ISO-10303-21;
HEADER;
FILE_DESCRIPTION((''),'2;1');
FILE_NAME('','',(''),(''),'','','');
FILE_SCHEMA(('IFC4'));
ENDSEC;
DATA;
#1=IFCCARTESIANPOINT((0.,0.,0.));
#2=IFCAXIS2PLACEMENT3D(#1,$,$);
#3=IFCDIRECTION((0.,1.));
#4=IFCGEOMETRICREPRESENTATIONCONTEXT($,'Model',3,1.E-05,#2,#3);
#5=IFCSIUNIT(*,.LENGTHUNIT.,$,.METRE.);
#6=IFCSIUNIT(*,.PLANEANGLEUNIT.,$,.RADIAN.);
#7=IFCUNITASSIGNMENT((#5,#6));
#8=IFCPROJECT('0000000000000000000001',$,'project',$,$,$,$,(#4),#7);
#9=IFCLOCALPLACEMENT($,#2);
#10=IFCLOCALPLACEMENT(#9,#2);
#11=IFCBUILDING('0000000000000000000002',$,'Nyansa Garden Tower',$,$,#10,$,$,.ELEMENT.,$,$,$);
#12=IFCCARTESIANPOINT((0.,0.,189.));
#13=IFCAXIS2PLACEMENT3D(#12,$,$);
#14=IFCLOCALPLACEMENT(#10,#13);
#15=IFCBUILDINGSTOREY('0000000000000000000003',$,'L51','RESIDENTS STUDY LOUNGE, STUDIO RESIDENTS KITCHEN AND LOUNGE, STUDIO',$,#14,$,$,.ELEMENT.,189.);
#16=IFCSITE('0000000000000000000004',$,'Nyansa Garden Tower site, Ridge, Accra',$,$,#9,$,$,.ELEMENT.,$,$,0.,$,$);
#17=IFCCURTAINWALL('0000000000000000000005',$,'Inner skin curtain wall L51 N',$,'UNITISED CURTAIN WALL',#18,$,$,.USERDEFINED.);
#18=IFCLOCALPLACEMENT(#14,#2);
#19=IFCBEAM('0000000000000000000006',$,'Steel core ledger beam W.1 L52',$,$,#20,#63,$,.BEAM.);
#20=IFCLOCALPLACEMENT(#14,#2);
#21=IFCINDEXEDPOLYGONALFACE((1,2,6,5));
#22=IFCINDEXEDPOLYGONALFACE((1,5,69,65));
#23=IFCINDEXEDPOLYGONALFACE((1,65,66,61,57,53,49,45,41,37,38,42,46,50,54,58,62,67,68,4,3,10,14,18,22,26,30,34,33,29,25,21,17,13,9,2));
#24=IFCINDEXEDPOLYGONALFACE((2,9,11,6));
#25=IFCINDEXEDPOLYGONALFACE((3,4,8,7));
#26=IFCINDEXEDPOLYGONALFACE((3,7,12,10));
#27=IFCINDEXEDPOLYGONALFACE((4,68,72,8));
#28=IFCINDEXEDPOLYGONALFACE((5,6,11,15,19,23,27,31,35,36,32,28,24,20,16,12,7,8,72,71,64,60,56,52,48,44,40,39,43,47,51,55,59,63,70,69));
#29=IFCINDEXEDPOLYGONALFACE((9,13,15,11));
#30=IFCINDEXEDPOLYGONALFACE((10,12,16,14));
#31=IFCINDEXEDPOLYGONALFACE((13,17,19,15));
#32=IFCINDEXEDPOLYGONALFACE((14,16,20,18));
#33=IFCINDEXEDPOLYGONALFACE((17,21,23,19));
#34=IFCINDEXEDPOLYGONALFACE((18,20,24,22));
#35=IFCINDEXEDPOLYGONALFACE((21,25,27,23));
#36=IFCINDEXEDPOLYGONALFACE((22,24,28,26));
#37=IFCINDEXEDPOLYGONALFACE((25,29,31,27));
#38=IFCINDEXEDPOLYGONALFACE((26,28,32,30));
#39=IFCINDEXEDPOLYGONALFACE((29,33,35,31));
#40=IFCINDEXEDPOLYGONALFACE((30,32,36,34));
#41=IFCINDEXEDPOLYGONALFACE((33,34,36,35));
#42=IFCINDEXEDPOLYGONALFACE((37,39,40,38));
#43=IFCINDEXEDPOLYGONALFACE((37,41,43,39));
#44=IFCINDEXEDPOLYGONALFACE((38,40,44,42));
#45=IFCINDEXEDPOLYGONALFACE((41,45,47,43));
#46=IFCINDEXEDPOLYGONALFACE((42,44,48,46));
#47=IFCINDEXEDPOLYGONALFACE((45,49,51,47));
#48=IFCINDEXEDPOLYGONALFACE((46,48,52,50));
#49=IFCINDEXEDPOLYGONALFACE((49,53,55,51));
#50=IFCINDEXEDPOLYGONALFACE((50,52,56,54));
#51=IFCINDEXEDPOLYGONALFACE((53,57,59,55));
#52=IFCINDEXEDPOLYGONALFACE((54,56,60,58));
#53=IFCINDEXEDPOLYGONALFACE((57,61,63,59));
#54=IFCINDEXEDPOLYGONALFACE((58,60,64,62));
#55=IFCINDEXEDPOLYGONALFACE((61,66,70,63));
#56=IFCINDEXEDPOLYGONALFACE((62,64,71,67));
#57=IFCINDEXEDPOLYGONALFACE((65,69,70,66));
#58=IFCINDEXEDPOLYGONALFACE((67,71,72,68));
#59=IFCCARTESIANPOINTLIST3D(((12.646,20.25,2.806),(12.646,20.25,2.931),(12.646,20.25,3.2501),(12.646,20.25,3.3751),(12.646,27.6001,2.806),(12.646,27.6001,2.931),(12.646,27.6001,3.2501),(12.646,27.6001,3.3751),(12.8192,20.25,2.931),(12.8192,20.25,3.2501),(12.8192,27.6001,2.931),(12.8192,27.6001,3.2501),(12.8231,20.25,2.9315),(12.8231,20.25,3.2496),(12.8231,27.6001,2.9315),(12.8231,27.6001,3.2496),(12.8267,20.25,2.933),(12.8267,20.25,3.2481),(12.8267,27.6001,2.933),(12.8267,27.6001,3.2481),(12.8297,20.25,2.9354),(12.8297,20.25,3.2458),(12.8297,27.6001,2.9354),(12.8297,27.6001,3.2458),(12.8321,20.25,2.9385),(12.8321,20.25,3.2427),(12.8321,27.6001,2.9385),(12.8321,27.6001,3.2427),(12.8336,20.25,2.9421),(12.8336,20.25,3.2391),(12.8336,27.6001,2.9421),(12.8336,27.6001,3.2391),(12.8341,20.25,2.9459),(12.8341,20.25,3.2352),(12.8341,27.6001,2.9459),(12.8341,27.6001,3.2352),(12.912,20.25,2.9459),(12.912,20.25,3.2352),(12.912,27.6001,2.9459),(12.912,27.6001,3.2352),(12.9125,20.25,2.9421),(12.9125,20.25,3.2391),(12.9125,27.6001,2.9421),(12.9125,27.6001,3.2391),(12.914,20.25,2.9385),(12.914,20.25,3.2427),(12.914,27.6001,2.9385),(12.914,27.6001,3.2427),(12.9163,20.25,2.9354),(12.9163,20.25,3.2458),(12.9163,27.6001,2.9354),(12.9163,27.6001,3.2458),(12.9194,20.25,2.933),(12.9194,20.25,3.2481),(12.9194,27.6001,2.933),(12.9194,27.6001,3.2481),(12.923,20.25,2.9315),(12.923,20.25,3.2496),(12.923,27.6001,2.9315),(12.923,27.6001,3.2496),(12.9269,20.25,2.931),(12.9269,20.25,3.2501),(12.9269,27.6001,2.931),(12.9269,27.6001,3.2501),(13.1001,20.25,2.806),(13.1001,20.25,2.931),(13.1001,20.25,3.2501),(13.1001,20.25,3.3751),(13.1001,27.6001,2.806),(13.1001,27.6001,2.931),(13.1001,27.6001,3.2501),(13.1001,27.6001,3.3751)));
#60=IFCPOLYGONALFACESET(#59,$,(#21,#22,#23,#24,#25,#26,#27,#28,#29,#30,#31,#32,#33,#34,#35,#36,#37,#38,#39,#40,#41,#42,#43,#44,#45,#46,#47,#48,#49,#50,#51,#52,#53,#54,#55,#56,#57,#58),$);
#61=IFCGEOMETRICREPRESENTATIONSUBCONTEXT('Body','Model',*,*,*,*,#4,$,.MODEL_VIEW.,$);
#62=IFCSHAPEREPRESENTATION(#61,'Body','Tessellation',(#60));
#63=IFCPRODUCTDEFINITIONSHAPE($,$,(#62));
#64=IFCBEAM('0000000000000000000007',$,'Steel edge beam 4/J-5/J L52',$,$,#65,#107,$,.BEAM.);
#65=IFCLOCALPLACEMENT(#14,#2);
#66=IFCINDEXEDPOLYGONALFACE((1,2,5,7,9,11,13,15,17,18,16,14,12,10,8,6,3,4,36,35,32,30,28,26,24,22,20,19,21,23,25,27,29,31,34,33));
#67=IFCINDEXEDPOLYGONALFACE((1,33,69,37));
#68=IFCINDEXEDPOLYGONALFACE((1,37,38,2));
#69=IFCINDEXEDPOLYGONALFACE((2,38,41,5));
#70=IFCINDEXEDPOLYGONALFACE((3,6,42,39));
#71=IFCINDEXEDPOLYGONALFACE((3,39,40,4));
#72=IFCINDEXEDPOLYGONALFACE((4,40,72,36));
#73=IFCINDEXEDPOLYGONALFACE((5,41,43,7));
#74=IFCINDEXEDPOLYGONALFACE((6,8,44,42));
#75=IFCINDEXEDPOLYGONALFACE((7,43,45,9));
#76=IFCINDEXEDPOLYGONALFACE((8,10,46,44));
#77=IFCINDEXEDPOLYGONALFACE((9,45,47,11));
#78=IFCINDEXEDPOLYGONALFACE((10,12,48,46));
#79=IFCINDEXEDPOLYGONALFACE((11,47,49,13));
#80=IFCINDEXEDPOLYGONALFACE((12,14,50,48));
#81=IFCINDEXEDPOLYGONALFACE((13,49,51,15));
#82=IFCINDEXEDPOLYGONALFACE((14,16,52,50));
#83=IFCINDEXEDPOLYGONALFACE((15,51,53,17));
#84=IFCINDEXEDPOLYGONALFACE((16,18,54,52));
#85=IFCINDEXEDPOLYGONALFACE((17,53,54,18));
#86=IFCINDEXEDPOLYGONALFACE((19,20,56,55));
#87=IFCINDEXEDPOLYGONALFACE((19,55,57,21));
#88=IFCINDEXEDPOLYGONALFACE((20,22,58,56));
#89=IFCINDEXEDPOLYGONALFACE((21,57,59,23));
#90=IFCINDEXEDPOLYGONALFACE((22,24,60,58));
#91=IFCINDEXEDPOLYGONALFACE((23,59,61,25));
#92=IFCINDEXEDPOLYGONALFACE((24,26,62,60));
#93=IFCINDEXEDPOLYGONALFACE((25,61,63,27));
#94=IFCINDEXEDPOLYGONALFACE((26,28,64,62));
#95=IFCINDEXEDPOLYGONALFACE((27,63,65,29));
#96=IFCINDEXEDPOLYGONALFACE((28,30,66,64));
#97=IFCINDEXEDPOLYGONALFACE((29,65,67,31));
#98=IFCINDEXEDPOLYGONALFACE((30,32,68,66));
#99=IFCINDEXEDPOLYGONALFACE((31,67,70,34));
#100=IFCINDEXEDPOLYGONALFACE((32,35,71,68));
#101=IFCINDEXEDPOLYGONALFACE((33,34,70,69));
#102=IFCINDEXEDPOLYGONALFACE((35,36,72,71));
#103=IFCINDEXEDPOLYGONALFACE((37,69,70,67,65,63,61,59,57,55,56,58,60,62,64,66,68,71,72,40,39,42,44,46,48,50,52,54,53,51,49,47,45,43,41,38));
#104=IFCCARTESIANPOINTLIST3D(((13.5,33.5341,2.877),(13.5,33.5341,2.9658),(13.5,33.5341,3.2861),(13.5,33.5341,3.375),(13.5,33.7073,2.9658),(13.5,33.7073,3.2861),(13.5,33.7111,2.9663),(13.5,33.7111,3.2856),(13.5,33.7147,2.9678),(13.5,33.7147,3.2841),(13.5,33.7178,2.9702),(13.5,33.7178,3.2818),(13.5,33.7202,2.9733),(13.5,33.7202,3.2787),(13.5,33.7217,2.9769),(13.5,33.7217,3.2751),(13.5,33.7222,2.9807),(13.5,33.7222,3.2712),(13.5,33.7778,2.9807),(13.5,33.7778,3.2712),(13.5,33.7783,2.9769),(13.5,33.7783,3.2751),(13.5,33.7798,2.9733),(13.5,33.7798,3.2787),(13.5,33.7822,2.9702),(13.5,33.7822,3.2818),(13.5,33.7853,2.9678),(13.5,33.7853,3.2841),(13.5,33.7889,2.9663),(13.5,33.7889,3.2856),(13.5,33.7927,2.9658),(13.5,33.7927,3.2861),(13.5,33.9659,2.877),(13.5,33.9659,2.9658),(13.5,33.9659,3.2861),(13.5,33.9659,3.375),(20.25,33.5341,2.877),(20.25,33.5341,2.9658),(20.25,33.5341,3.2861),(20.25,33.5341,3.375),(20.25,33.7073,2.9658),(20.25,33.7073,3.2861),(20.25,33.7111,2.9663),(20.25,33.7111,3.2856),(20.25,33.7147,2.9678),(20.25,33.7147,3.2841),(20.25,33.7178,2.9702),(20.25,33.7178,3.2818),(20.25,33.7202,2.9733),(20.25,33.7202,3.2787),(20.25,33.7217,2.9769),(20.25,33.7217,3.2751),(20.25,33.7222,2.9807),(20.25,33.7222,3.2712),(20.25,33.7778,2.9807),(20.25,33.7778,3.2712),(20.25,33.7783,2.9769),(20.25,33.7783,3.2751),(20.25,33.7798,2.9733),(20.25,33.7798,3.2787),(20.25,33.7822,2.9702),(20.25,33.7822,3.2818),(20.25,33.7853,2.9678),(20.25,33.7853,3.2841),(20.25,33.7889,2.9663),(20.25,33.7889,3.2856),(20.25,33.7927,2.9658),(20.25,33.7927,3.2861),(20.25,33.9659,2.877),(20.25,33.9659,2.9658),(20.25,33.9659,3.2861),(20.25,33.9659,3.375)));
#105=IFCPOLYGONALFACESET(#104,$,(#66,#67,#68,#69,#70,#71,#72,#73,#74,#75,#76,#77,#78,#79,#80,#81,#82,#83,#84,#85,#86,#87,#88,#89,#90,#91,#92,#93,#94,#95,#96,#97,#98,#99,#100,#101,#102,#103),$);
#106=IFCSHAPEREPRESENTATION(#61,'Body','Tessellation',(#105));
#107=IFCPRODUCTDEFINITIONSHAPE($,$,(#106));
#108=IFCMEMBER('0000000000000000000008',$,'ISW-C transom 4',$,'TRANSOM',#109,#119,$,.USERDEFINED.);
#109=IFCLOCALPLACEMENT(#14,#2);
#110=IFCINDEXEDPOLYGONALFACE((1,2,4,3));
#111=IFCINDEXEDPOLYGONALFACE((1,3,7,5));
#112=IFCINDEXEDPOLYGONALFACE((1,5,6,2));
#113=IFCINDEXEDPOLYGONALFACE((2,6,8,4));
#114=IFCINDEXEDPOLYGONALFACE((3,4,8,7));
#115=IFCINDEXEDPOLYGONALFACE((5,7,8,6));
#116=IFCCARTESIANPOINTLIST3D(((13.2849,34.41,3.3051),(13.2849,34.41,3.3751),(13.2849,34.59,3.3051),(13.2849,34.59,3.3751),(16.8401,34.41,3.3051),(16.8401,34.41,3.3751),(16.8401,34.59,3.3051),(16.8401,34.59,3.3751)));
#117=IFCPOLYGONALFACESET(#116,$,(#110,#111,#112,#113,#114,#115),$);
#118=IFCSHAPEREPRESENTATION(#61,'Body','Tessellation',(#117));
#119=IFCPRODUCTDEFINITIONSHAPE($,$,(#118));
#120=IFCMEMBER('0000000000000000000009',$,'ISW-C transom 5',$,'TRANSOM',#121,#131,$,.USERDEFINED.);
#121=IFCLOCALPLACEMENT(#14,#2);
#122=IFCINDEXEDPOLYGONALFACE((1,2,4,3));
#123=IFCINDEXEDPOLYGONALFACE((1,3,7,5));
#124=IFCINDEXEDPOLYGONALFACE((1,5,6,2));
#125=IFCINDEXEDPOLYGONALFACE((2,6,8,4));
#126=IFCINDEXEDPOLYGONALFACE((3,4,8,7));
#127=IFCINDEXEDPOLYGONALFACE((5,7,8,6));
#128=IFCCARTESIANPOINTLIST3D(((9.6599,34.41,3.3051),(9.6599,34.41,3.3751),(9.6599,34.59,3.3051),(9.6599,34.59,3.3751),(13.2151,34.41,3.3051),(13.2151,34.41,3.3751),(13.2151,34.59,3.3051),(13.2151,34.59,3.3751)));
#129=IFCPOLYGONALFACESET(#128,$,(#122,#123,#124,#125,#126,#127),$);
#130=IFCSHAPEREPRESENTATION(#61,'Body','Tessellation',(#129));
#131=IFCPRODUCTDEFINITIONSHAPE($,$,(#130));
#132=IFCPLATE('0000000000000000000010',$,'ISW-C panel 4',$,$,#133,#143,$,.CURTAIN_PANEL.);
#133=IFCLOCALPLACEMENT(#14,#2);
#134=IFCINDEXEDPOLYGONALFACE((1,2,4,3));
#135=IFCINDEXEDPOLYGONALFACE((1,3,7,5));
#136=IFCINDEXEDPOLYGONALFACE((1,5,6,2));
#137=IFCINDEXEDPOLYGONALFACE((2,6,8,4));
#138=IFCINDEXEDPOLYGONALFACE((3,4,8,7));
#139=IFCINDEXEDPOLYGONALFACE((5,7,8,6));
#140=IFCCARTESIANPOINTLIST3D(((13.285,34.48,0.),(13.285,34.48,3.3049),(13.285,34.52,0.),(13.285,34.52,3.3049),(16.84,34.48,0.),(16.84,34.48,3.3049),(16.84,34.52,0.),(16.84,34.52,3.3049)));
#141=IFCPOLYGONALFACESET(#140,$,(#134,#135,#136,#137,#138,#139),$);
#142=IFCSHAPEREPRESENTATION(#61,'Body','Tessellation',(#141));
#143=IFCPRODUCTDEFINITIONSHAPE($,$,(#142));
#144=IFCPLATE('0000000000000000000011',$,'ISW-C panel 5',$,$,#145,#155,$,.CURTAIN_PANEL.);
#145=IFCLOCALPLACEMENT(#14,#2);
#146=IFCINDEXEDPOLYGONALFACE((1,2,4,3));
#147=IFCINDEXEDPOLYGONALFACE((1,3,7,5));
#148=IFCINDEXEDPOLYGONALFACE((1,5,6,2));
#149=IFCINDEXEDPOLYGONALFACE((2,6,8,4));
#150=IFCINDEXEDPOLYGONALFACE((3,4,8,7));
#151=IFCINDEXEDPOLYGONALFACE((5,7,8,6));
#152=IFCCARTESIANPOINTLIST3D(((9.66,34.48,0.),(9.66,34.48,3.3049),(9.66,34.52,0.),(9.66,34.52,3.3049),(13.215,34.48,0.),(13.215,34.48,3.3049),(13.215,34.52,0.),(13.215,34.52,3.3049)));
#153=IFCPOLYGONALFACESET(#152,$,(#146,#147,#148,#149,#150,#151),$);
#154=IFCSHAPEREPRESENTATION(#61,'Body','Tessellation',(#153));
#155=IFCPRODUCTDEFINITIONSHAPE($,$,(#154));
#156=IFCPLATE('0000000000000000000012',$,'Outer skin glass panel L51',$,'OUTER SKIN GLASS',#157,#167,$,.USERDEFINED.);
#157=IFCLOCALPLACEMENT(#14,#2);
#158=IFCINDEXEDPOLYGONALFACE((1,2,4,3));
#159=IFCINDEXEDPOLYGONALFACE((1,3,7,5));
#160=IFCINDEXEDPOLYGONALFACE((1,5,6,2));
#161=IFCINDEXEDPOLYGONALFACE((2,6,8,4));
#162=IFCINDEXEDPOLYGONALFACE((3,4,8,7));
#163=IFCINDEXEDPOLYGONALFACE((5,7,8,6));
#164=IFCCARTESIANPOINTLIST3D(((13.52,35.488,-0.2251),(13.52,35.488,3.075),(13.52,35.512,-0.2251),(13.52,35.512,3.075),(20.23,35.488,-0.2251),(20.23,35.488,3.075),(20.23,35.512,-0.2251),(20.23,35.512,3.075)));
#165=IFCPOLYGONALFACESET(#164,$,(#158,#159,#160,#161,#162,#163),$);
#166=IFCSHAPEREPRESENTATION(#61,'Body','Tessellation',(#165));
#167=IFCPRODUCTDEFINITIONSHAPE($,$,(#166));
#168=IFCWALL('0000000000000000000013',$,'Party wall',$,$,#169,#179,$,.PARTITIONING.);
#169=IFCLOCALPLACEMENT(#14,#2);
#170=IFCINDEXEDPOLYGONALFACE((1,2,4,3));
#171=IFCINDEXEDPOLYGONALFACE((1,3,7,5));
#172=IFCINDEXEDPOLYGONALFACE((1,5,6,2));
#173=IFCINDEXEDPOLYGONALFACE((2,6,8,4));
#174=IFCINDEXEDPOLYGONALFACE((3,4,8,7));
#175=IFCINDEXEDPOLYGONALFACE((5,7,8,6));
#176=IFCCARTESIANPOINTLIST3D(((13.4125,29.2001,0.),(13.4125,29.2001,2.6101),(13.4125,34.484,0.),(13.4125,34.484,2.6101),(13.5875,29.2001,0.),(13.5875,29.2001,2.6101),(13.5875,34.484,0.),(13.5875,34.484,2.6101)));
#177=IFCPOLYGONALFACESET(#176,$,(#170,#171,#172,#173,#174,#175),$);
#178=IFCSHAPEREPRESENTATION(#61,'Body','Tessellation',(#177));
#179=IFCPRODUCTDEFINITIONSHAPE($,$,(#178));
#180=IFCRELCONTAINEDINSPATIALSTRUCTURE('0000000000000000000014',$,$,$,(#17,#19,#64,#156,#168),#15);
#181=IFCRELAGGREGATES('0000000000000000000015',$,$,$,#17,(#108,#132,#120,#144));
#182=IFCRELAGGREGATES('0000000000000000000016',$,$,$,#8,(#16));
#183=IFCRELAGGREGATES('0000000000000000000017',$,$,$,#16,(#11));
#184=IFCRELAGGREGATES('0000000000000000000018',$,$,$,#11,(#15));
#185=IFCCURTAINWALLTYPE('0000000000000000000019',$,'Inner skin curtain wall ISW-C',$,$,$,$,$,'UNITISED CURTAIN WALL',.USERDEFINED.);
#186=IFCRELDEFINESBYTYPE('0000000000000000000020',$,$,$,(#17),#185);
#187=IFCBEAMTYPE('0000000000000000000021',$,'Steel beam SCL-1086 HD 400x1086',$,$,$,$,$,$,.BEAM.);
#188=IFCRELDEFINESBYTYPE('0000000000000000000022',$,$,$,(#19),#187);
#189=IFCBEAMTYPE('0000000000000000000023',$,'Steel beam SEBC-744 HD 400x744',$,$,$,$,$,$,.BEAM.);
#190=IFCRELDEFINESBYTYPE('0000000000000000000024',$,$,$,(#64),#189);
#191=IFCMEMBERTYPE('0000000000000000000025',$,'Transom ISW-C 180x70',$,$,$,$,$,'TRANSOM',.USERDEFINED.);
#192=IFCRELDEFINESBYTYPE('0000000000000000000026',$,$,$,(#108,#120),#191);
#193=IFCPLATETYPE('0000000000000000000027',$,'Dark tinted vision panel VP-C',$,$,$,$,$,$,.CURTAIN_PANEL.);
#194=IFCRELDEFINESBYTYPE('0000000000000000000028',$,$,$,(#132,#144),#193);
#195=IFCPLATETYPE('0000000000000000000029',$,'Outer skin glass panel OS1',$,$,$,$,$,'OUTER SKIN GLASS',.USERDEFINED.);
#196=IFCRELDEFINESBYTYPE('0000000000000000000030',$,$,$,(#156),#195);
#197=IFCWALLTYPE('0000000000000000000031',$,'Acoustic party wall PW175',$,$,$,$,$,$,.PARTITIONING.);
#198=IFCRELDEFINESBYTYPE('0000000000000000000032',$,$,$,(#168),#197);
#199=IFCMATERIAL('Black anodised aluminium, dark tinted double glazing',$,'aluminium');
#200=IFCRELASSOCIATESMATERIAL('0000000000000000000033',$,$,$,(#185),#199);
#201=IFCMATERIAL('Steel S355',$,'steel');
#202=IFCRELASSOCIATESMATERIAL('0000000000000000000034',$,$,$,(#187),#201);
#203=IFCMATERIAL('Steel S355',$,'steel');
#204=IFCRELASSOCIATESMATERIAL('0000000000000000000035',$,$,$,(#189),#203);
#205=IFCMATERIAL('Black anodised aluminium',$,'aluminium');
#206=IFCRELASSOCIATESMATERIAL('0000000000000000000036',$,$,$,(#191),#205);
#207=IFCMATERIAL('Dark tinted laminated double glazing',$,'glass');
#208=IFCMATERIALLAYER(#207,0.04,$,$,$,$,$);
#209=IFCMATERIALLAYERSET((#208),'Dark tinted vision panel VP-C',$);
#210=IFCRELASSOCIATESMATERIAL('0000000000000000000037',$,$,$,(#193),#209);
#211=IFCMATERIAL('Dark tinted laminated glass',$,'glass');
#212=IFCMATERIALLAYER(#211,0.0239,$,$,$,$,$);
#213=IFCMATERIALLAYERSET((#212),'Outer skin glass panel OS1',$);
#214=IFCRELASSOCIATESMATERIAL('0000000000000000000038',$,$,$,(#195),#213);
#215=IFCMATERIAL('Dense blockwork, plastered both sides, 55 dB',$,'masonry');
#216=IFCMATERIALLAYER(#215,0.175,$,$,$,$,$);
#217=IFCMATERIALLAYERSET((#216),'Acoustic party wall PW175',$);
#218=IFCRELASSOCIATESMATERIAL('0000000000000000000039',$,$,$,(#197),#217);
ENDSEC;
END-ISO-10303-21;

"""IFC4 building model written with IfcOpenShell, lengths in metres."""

from ifc_helpers import new_model, si_unit, direction, frame, frame_2d, origin, origin_2d, place, context, subcontext, project, spatial, rectangle, i_section, extrude, material, layer, layer_set, material_profile, profile_set, type_object, element, aggregate, save


model = new_model("IFC4")

# Units and contexts
model_context = context("Model", 3, precision=1e-05, world=origin(), true_north=direction((0.0, 1.0)))
body_context = subcontext(model_context, "Body", "Model", "MODEL_VIEW")
ifc_project = project(units=[si_unit("LENGTHUNIT", "METRE"), si_unit("PLANEANGLEUNIT", "RADIAN")], contexts=[model_context])

# Site, building, storey
site_placement = place(None, origin())
site = spatial("IfcSite", under=ifc_project, at=site_placement, Name="Nyansa Garden Tower site, Ridge, Accra", CompositionType="ELEMENT", RefElevation=0.0)
building_placement = place(site_placement, origin())
building = spatial("IfcBuilding", under=site, at=building_placement, Name="Nyansa Garden Tower", CompositionType="ELEMENT")
storey_placement = place(building_placement, frame((0.0, 0.0, 189.0)))
storey = spatial("IfcBuildingStorey", under=building, at=storey_placement, Name="L51", Description="RESIDENTS STUDY LOUNGE, STUDIO RESIDENTS KITCHEN AND LOUNGE, STUDIO", CompositionType="ELEMENT", Elevation=189.0)

# Curtain wall
ifc_material_1 = material(Name="Black anodised aluminium, dark tinted double glazing", Category="aluminium")
curtain_wall_type = type_object("IfcCurtainWallType", Name="Inner skin curtain wall ISW-C", ElementType="UNITISED CURTAIN WALL", PredefinedType="USERDEFINED", material=ifc_material_1)
curtain_wall_placement = place(storey_placement, origin())
curtain_wall = element("IfcCurtainWall", 1, at=curtain_wall_placement, inside=storey, type_object=curtain_wall_type, Name="Inner skin curtain wall L51 N", ObjectType="UNITISED CURTAIN WALL", PredefinedType="USERDEFINED")

# Beams
ifc_material_2 = material(Name="Steel S355", Category="steel")
ifc_material_profile_1 = material_profile(ifc_material_2, i_section(OverallWidth=0.4541, OverallDepth=0.5691, WebThickness=0.0779, FlangeThickness=0.125, FilletRadius=0.0149, at=origin_2d()), Name="HD 400x1086")
ifc_profile_set_1 = profile_set([ifc_material_profile_1], Name="Steel S355")
beam_type_1 = type_object("IfcBeamType", Name="Steel beam SCL-1086 HD 400x1086", PredefinedType="BEAM", material=ifc_profile_set_1)
beam_1_placement = place(storey_placement, frame((12.873, 27.6001, 3.0906), z_axis=(0.0, -1.0, 0.0), x_axis=(1.0, 0.0, 0.0)))
element("IfcBeam", 2, at=beam_1_placement, inside=storey, type_object=beam_type_1, Name="Steel core ledger beam W.1 L52", PredefinedType="BEAM", context=body_context, shape_type="SweptSolid", body=[
    extrude(i_section(OverallWidth=0.4541, OverallDepth=0.5691, WebThickness=0.0779, FlangeThickness=0.125, FilletRadius=0.0149, at=origin_2d()), origin(), (0.0, 0.0, 1.0), 7.3501),
])
ifc_material_3 = material(Name="Steel S355", Category="steel")
ifc_material_profile_2 = material_profile(ifc_material_3, i_section(OverallWidth=0.4319, OverallDepth=0.498, WebThickness=0.0557, FlangeThickness=0.0889, FilletRadius=0.0149, at=origin_2d()), Name="HD 400x744")
ifc_profile_set_2 = profile_set([ifc_material_profile_2], Name="Steel S355")
beam_type_2 = type_object("IfcBeamType", Name="Steel beam SEBC-744 HD 400x744", PredefinedType="BEAM", material=ifc_profile_set_2)
beam_2_placement = place(storey_placement, frame((13.5, 33.75, 3.126), z_axis=(1.0, 0.0, 0.0), x_axis=(0.0, 1.0, 0.0)))
element("IfcBeam", 3, at=beam_2_placement, inside=storey, type_object=beam_type_2, Name="Steel edge beam 4/J-5/J L52", PredefinedType="BEAM", context=body_context, shape_type="SweptSolid", body=[
    extrude(i_section(OverallWidth=0.4319, OverallDepth=0.498, WebThickness=0.0557, FlangeThickness=0.0889, FilletRadius=0.0149, at=origin_2d()), origin(), (0.0, 0.0, 1.0), 6.75),
])

# Members
ifc_material_4 = material(Name="Black anodised aluminium", Category="aluminium")
ifc_material_profile_3 = material_profile(ifc_material_4, rectangle(XDim=0.1799, YDim=0.0701, at=origin_2d()), Name="Transom 180x70")
ifc_profile_set_3 = profile_set([ifc_material_profile_3], Name="Black anodised aluminium")
member_type_1 = type_object("IfcMemberType", Name="Transom ISW-C 180x70", ElementType="TRANSOM", PredefinedType="USERDEFINED", material=ifc_profile_set_3)
member_1_placement = place(storey_placement, frame((16.8401, 34.5, 3.3401), z_axis=(-1.0, 0.0, 0.0), x_axis=(0.0, -1.0, 0.0)))
member_1 = element("IfcMember", 4, at=member_1_placement, type_object=member_type_1, Name="ISW-C transom 4", ObjectType="TRANSOM", PredefinedType="USERDEFINED", context=body_context, shape_type="SweptSolid", body=[
    extrude(rectangle(XDim=0.1799, YDim=0.0701, at=origin_2d()), origin(), (0.0, 0.0, 1.0), 3.5552),
])
member_2_placement = place(storey_placement, frame((13.2151, 34.5, 3.3401), z_axis=(-1.0, 0.0, 0.0), x_axis=(0.0, -1.0, 0.0)))
member_2 = element("IfcMember", 5, at=member_2_placement, type_object=member_type_1, Name="ISW-C transom 5", ObjectType="TRANSOM", PredefinedType="USERDEFINED", context=body_context, shape_type="SweptSolid", body=[
    extrude(rectangle(XDim=0.1799, YDim=0.0701, at=origin_2d()), origin(), (0.0, 0.0, 1.0), 3.5552),
])

# Plates
ifc_material_5 = material(Name="Dark tinted laminated double glazing", Category="glass")
ifc_layer_1 = layer(ifc_material_5, 0.04)
ifc_layer_set_1 = layer_set([ifc_layer_1], Name="Dark tinted vision panel VP-C")
plate_type_1 = type_object("IfcPlateType", Name="Dark tinted vision panel VP-C", PredefinedType="CURTAIN_PANEL", material=ifc_layer_set_1)
plate_1_placement = place(storey_placement, frame((15.0625, 34.5, 0.0), z_axis=(0.0, 0.0, 1.0), x_axis=(-1.0, 0.0, 0.0)))
plate_1 = element("IfcPlate", 6, at=plate_1_placement, type_object=plate_type_1, Name="ISW-C panel 4", PredefinedType="CURTAIN_PANEL", context=body_context, shape_type="SweptSolid", body=[
    extrude(rectangle(XDim=3.5549, YDim=0.04, at=origin_2d()), origin(), (0.0, 0.0, 1.0), 3.3049),
])
plate_2_placement = place(storey_placement, frame((11.4375, 34.5, 0.0), z_axis=(0.0, 0.0, 1.0), x_axis=(-1.0, 0.0, 0.0)))
plate_2 = element("IfcPlate", 7, at=plate_2_placement, type_object=plate_type_1, Name="ISW-C panel 5", PredefinedType="CURTAIN_PANEL", context=body_context, shape_type="SweptSolid", body=[
    extrude(rectangle(XDim=3.5549, YDim=0.04, at=origin_2d()), origin(), (0.0, 0.0, 1.0), 3.3049),
])
aggregate(curtain_wall, [member_1, plate_1, member_2, plate_2])
ifc_material_6 = material(Name="Dark tinted laminated glass", Category="glass")
ifc_layer_2 = layer(ifc_material_6, 0.0239)
ifc_layer_set_2 = layer_set([ifc_layer_2], Name="Outer skin glass panel OS1")
plate_type_2 = type_object("IfcPlateType", Name="Outer skin glass panel OS1", ElementType="OUTER SKIN GLASS", PredefinedType="USERDEFINED", material=ifc_layer_set_2)
plate_3_placement = place(storey_placement, frame((16.875, 35.5, -0.2251), z_axis=(0.0, 0.0, 1.0), x_axis=(1.0, 0.0, 0.0)))
element("IfcPlate", 8, at=plate_3_placement, inside=storey, type_object=plate_type_2, Name="Outer skin glass panel L51", ObjectType="OUTER SKIN GLASS", PredefinedType="USERDEFINED", context=body_context, shape_type="SweptSolid", body=[
    extrude(rectangle(XDim=6.71, YDim=0.0239, at=origin_2d()), origin(), (0.0, 0.0, 1.0), 3.3),
])

# Wall
ifc_material_7 = material(Name="Dense blockwork, plastered both sides, 55 dB", Category="masonry")
ifc_layer_3 = layer(ifc_material_7, 0.175)
ifc_layer_set_3 = layer_set([ifc_layer_3], Name="Acoustic party wall PW175")
wall_type_1 = type_object("IfcWallType", Name="Acoustic party wall PW175", PredefinedType="PARTITIONING", material=ifc_layer_set_3)
wall_1_placement = place(storey_placement, frame((13.5, 29.2, 0.0), z_axis=(0.0, 0.0, 1.0), x_axis=(0.0, 1.0, 0.0)))
element("IfcWall", 9, at=wall_1_placement, inside=storey, type_object=wall_type_1, Name="Party wall", PredefinedType="PARTITIONING", context=body_context, shape_type="SweptSolid", body=[
    extrude(rectangle(XDim=5.2839, YDim=0.175, at=frame_2d((2.6421, 0.0))), origin(), (0.0, 0.0, 1.0), 2.6101),
])

save(model, "model.ifc")
